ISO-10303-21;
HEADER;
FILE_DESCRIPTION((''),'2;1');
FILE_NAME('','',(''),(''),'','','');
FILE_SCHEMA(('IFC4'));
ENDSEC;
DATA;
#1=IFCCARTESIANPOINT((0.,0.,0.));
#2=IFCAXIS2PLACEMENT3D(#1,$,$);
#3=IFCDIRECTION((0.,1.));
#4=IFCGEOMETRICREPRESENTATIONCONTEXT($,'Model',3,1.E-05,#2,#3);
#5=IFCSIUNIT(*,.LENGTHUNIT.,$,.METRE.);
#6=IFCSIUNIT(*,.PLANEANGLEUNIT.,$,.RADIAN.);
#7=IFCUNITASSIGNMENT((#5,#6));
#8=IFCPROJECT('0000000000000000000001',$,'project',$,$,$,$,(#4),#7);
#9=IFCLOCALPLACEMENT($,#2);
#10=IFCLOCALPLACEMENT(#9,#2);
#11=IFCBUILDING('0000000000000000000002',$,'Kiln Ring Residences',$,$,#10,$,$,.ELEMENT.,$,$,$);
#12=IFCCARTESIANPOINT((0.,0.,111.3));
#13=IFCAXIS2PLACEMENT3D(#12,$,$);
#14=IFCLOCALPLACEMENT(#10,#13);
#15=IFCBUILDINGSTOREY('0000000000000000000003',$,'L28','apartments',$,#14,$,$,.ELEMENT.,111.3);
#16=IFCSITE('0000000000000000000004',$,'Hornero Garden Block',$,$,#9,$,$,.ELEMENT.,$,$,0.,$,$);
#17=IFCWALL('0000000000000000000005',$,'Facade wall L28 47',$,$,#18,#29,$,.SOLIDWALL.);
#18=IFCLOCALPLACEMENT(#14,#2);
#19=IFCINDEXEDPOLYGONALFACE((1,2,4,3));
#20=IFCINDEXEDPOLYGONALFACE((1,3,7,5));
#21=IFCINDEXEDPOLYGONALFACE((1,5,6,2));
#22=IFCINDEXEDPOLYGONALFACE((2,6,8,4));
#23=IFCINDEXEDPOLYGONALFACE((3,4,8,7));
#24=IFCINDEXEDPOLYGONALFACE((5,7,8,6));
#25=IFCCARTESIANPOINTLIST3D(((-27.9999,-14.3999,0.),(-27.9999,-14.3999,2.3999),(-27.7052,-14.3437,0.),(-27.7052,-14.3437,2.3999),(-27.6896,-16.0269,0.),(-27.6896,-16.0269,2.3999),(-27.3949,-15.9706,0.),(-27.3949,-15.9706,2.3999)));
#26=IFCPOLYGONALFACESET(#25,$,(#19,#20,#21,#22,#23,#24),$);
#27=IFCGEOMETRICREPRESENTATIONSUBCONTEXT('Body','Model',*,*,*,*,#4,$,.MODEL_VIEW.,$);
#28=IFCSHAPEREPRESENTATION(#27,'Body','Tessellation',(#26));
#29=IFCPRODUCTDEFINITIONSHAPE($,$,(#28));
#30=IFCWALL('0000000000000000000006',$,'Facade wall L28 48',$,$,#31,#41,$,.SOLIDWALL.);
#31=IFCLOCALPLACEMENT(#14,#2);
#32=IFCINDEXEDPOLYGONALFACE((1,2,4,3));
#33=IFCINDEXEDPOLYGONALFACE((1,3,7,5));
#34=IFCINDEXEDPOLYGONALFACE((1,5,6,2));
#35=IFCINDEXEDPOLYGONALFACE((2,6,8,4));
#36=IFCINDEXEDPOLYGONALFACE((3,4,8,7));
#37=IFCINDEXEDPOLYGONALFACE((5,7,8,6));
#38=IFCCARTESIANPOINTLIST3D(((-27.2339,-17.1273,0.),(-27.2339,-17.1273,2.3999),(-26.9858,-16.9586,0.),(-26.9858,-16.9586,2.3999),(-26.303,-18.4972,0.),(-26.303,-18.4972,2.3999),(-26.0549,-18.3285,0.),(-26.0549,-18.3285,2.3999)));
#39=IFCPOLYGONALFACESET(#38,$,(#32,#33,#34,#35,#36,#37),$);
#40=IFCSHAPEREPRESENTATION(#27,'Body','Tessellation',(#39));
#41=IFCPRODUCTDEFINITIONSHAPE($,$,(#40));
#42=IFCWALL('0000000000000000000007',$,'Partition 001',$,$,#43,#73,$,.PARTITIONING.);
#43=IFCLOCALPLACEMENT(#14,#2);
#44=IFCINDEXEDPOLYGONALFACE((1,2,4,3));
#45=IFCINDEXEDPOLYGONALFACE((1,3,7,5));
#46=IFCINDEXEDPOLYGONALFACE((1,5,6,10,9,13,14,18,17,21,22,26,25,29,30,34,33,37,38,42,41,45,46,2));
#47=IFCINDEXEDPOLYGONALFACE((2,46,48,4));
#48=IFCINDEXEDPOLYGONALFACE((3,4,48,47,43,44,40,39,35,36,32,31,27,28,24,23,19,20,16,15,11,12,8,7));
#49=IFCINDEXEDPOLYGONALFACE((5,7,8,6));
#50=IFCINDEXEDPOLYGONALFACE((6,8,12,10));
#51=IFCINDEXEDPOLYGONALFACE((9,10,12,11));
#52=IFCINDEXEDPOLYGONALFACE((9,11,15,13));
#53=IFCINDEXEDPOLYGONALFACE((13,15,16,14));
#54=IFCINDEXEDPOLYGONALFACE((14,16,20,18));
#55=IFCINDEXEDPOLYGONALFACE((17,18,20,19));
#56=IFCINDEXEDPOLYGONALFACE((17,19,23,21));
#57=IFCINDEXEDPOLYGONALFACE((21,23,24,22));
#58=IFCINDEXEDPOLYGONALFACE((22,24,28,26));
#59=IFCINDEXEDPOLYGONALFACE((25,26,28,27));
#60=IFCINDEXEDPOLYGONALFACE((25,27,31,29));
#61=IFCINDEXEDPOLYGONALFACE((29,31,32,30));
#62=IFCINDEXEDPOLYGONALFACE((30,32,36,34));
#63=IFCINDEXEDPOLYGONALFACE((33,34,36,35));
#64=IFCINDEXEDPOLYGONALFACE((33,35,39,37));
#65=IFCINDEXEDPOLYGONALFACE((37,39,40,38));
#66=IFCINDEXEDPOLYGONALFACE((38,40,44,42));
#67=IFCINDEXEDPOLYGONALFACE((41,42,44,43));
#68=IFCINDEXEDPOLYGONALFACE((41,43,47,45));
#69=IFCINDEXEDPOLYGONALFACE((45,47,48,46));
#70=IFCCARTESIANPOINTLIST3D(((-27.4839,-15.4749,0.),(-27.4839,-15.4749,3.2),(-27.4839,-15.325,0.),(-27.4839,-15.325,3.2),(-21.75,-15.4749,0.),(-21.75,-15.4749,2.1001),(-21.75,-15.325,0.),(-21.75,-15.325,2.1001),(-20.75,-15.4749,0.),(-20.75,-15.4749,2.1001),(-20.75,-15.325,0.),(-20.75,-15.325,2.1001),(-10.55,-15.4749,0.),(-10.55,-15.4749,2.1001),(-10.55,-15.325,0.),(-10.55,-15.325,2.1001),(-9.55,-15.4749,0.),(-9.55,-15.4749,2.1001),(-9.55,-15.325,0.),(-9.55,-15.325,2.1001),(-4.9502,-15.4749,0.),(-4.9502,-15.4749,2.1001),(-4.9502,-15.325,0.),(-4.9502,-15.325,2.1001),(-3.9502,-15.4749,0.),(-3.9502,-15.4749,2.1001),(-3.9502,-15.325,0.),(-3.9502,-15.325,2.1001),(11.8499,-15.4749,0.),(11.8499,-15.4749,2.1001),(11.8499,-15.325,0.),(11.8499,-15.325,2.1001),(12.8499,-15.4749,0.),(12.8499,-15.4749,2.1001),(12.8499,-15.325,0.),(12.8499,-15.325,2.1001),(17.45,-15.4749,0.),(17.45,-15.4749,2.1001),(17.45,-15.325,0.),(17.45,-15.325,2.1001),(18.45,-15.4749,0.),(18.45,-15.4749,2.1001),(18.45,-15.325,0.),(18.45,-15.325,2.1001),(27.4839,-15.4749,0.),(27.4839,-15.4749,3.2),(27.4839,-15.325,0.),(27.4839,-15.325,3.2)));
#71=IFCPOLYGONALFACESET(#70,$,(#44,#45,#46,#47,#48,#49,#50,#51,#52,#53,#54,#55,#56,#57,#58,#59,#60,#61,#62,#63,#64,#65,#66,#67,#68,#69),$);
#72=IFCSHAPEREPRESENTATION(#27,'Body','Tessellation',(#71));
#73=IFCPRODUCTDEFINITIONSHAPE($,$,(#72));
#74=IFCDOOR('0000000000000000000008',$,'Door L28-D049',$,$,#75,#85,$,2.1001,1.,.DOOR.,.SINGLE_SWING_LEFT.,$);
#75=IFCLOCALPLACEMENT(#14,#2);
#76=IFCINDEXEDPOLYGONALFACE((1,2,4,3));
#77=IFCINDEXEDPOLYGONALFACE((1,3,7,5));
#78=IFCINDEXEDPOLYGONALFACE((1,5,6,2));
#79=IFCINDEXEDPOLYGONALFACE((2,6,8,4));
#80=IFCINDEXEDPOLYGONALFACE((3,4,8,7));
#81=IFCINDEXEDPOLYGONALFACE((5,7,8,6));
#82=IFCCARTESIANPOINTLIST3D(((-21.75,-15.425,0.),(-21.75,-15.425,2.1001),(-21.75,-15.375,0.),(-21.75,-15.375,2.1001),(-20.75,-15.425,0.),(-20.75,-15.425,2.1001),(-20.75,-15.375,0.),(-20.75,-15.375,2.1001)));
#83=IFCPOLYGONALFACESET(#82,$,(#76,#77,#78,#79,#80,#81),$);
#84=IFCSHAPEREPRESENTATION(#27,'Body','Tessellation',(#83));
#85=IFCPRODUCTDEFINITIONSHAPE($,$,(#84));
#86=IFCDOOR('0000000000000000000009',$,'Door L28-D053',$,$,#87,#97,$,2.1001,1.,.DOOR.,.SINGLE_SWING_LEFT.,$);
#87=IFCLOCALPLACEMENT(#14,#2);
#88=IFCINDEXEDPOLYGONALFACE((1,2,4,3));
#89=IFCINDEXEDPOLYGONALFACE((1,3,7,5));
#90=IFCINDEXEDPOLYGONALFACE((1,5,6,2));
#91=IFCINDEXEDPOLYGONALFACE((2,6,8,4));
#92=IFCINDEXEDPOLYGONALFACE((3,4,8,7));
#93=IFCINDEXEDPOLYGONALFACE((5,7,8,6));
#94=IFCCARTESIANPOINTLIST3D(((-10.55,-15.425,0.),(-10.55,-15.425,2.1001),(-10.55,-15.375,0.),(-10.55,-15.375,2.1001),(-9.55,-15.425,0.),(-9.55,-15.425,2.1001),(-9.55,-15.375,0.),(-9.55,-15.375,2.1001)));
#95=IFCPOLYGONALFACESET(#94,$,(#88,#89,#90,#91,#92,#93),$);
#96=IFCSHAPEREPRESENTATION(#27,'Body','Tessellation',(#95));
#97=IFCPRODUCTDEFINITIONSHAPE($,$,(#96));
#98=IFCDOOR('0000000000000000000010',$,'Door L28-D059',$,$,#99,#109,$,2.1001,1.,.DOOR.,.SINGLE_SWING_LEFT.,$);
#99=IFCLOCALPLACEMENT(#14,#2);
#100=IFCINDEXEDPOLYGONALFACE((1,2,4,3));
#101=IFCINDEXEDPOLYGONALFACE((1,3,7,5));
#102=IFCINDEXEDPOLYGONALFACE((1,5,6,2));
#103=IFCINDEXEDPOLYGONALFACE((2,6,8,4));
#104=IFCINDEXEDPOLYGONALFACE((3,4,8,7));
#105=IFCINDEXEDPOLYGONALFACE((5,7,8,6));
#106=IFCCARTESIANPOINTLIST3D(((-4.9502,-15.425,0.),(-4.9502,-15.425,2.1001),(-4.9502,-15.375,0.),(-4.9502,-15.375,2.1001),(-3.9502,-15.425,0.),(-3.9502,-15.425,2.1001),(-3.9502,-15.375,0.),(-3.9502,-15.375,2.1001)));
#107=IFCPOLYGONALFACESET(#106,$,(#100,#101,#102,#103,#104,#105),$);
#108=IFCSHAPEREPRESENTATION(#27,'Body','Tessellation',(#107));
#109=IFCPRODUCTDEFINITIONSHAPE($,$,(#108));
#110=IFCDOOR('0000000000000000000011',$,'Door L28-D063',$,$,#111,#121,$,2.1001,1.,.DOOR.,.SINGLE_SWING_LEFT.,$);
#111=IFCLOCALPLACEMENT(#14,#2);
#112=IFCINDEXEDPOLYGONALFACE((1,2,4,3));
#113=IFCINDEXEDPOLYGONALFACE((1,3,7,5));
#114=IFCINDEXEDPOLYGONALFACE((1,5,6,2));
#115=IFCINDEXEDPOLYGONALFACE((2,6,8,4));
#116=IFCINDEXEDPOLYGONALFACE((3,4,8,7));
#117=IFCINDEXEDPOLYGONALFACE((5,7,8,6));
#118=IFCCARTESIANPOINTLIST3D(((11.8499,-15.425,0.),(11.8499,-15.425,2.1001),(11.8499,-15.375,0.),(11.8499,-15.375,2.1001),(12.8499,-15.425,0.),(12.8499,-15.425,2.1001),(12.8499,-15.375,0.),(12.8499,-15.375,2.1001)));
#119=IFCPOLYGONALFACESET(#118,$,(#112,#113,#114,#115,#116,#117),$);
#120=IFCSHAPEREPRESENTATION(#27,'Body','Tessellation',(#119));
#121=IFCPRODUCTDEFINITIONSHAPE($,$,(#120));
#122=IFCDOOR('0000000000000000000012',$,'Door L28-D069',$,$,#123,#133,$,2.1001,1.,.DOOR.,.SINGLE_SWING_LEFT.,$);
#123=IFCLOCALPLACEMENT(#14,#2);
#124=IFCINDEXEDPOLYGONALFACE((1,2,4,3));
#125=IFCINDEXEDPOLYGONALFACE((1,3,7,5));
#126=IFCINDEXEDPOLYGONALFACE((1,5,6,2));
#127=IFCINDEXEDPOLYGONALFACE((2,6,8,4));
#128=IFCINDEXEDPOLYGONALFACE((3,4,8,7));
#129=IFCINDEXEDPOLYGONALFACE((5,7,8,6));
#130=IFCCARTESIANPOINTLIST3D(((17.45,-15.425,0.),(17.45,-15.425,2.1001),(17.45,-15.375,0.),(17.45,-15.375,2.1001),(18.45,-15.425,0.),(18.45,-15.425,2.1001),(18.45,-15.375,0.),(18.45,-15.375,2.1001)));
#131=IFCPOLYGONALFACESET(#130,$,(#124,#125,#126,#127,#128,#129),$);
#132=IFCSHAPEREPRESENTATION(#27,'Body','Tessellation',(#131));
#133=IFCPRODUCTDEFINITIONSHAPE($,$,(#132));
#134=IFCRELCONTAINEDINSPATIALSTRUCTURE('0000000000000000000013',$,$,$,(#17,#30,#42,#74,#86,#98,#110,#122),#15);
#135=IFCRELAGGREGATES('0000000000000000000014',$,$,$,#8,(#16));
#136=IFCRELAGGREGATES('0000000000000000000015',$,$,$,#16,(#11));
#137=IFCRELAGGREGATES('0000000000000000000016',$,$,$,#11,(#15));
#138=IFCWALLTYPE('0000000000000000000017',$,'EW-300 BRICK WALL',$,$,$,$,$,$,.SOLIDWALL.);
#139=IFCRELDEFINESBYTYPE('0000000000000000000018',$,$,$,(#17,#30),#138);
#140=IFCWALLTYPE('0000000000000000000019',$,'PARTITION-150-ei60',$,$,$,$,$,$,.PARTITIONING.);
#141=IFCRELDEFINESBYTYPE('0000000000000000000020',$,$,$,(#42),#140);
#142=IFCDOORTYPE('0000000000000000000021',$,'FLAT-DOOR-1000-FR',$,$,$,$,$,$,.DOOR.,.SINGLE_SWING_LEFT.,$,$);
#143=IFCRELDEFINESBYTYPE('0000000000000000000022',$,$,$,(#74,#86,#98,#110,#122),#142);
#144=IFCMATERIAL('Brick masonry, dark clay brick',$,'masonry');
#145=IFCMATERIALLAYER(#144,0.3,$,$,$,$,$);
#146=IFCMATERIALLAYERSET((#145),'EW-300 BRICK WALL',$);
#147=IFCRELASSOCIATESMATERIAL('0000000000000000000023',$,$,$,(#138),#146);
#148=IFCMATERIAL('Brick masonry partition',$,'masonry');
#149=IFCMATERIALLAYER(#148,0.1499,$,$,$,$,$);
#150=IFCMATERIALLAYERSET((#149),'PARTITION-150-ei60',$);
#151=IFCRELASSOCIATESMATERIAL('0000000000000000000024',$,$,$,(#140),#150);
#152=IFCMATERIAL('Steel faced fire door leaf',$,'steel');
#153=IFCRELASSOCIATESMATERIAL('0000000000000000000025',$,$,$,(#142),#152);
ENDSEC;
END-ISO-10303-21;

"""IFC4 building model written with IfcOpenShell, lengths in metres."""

from ifc_helpers import new_model, si_unit, direction, frame, frame_2d, origin, place, context, subcontext, project, spatial, rectangle, extrude, material, layer, layer_set, type_object, element, fill, save


model = new_model("IFC4")

# Units and contexts
model_context = context("Model", 3, precision=1e-05, world=origin(), true_north=direction((0.0, 1.0)))
body_context = subcontext(model_context, "Body", "Model", "MODEL_VIEW")
ifc_project = project(units=[si_unit("LENGTHUNIT", "METRE"), si_unit("PLANEANGLEUNIT", "RADIAN")], contexts=[model_context])

# Site, building, storey
site_placement = place(None, origin())
site = spatial("IfcSite", under=ifc_project, at=site_placement, Name="Hornero Garden Block", CompositionType="ELEMENT", RefElevation=0.0)
building_placement = place(site_placement, origin())
building = spatial("IfcBuilding", under=site, at=building_placement, Name="Kiln Ring Residences", CompositionType="ELEMENT")
storey_placement = place(building_placement, frame((0.0, 0.0, 111.3)))
storey = spatial("IfcBuildingStorey", under=building, at=storey_placement, Name="L28", Description="apartments", CompositionType="ELEMENT", Elevation=111.3)

# Walls
ifc_material_1 = material(Name="Brick masonry, dark clay brick", Category="masonry")
ifc_layer_1 = layer(ifc_material_1, 0.3)
ifc_layer_set_1 = layer_set([ifc_layer_1], Name="EW-300 BRICK WALL")
wall_type_1 = type_object("IfcWallType", Name="EW-300 BRICK WALL", PredefinedType="SOLIDWALL", material=ifc_layer_set_1)
for number, where, z_axis, x_axis, name in (
    (1, (-27.8525, -14.3718, 0.0), (0.0, 0.0, 1.0), (0.187349, -0.982293, 0.0), "Facade wall L28 47"),
    (2, (-27.1099, -17.043, 0.0), (0.0, 0.0, 1.0), (0.56206, -0.827096, 0.0), "Facade wall L28 48"),
):
    element("IfcWall", number, at=place(storey_placement, frame(where, z_axis=z_axis, x_axis=x_axis)), inside=storey, type_object=wall_type_1, Name=name, PredefinedType="SOLIDWALL", context=body_context, shape_type="SweptSolid", body=[
        extrude(rectangle(XDim=1.6562, YDim=0.3, at=frame_2d((0.8281, 0.0))), origin(), (0.0, 0.0, 1.0), 2.3999),
    ])

# Wall, openings, doors
ifc_material_2 = material(Name="Brick masonry partition", Category="masonry")
ifc_layer_2 = layer(ifc_material_2, 0.1499)
ifc_layer_set_2 = layer_set([ifc_layer_2], Name="PARTITION-150-ei60")
wall_type_2 = type_object("IfcWallType", Name="PARTITION-150-ei60", PredefinedType="PARTITIONING", material=ifc_layer_set_2)
wall_1_placement = place(storey_placement, frame((-27.4839, -15.3999, 0.0), z_axis=(0.0, 0.0, 1.0), x_axis=(1.0, 0.0, 0.0)))
wall_1 = element("IfcWall", 3, at=wall_1_placement, inside=storey, type_object=wall_type_2, Name="Partition 001", PredefinedType="PARTITIONING", context=body_context, shape_type="SweptSolid", body=[
    extrude(rectangle(XDim=54.9678, YDim=0.1499, at=frame_2d((27.4839, 0.0))), origin(), (0.0, 0.0, 1.0), 3.2),
])
opening_1_placement = place(wall_1_placement, frame((5.7339, 0.0, 0.0)))
opening_1 = element("IfcOpeningElement", 4, at=opening_1_placement, cuts=wall_1, PredefinedType="OPENING", context=body_context, shape_type="SweptSolid", body=[
    extrude(rectangle(XDim=1.0, YDim=2.1001, at=frame_2d((0.5, 1.05))), frame((0.0, 0.085, 0.0), z_axis=(0.0, -1.0, 0.0), x_axis=(1.0, 0.0, 0.0)), (0.0, 0.0, 1.0), 0.1699),
])
opening_2_placement = place(wall_1_placement, frame((16.9338, 0.0, 0.0)))
opening_2 = element("IfcOpeningElement", 5, at=opening_2_placement, cuts=wall_1, PredefinedType="OPENING", context=body_context, shape_type="SweptSolid", body=[
    extrude(rectangle(XDim=1.0, YDim=2.1001, at=frame_2d((0.5, 1.05))), frame((0.0, 0.085, 0.0), z_axis=(0.0, -1.0, 0.0), x_axis=(1.0, 0.0, 0.0)), (0.0, 0.0, 1.0), 0.1699),
])
opening_3_placement = place(wall_1_placement, frame((22.5337, 0.0, 0.0)))
opening_3 = element("IfcOpeningElement", 6, at=opening_3_placement, cuts=wall_1, PredefinedType="OPENING", context=body_context, shape_type="SweptSolid", body=[
    extrude(rectangle(XDim=1.0, YDim=2.1001, at=frame_2d((0.5, 1.05))), frame((0.0, 0.085, 0.0), z_axis=(0.0, -1.0, 0.0), x_axis=(1.0, 0.0, 0.0)), (0.0, 0.0, 1.0), 0.1699),
])
opening_4_placement = place(wall_1_placement, frame((39.3337, 0.0, 0.0)))
opening_4 = element("IfcOpeningElement", 7, at=opening_4_placement, cuts=wall_1, PredefinedType="OPENING", context=body_context, shape_type="SweptSolid", body=[
    extrude(rectangle(XDim=1.0, YDim=2.1001, at=frame_2d((0.5, 1.05))), frame((0.0, 0.085, 0.0), z_axis=(0.0, -1.0, 0.0), x_axis=(1.0, 0.0, 0.0)), (0.0, 0.0, 1.0), 0.1699),
])
opening_5_placement = place(wall_1_placement, frame((44.9338, 0.0, 0.0)))
opening_5 = element("IfcOpeningElement", 8, at=opening_5_placement, cuts=wall_1, PredefinedType="OPENING", context=body_context, shape_type="SweptSolid", body=[
    extrude(rectangle(XDim=1.0, YDim=2.1001, at=frame_2d((0.5, 1.05))), frame((0.0, 0.085, 0.0), z_axis=(0.0, -1.0, 0.0), x_axis=(1.0, 0.0, 0.0)), (0.0, 0.0, 1.0), 0.1699),
])
ifc_material_3 = material(Name="Steel faced fire door leaf", Category="steel")
door_type_1 = type_object("IfcDoorType", Name="FLAT-DOOR-1000-FR", OperationType="SINGLE_SWING_LEFT", PredefinedType="DOOR", material=ifc_material_3)
door_1_placement = place(opening_1_placement, origin())
door_1 = element("IfcDoor", 9, at=door_1_placement, inside=storey, type_object=door_type_1, Name="Door L28-D049", OperationType="SINGLE_SWING_LEFT", OverallHeight=2.1001, OverallWidth=1.0, PredefinedType="DOOR", context=body_context, shape_type="SweptSolid", body=[
    extrude(rectangle(XDim=1.0, YDim=2.1001, at=frame_2d((0.5, 1.05))), frame((0.0, 0.0249, 0.0), z_axis=(0.0, -1.0, 0.0), x_axis=(1.0, 0.0, 0.0)), (0.0, 0.0, 1.0), 0.05),
])
fill(opening_1, door_1)
door_2_placement = place(opening_2_placement, origin())
door_2 = element("IfcDoor", 10, at=door_2_placement, inside=storey, type_object=door_type_1, Name="Door L28-D053", OperationType="SINGLE_SWING_LEFT", OverallHeight=2.1001, OverallWidth=1.0, PredefinedType="DOOR", context=body_context, shape_type="SweptSolid", body=[
    extrude(rectangle(XDim=1.0, YDim=2.1001, at=frame_2d((0.5, 1.05))), frame((0.0, 0.0249, 0.0), z_axis=(0.0, -1.0, 0.0), x_axis=(1.0, 0.0, 0.0)), (0.0, 0.0, 1.0), 0.05),
])
fill(opening_2, door_2)
door_3_placement = place(opening_3_placement, origin())
door_3 = element("IfcDoor", 11, at=door_3_placement, inside=storey, type_object=door_type_1, Name="Door L28-D059", OperationType="SINGLE_SWING_LEFT", OverallHeight=2.1001, OverallWidth=1.0, PredefinedType="DOOR", context=body_context, shape_type="SweptSolid", body=[
    extrude(rectangle(XDim=1.0, YDim=2.1001, at=frame_2d((0.5, 1.05))), frame((0.0, 0.0249, 0.0), z_axis=(0.0, -1.0, 0.0), x_axis=(1.0, 0.0, 0.0)), (0.0, 0.0, 1.0), 0.05),
])
fill(opening_3, door_3)
door_4_placement = place(opening_4_placement, origin())
door_4 = element("IfcDoor", 12, at=door_4_placement, inside=storey, type_object=door_type_1, Name="Door L28-D063", OperationType="SINGLE_SWING_LEFT", OverallHeight=2.1001, OverallWidth=1.0, PredefinedType="DOOR", context=body_context, shape_type="SweptSolid", body=[
    extrude(rectangle(XDim=1.0, YDim=2.1001, at=frame_2d((0.5, 1.05))), frame((0.0, 0.0249, 0.0), z_axis=(0.0, -1.0, 0.0), x_axis=(1.0, 0.0, 0.0)), (0.0, 0.0, 1.0), 0.05),
])
fill(opening_4, door_4)
door_5_placement = place(opening_5_placement, origin())
door_5 = element("IfcDoor", 13, at=door_5_placement, inside=storey, type_object=door_type_1, Name="Door L28-D069", OperationType="SINGLE_SWING_LEFT", OverallHeight=2.1001, OverallWidth=1.0, PredefinedType="DOOR", context=body_context, shape_type="SweptSolid", body=[
    extrude(rectangle(XDim=1.0, YDim=2.1001, at=frame_2d((0.5, 1.05))), frame((0.0, 0.0249, 0.0), z_axis=(0.0, -1.0, 0.0), x_axis=(1.0, 0.0, 0.0)), (0.0, 0.0, 1.0), 0.05),
])
fill(opening_5, door_5)

save(model, "model.ifc")
